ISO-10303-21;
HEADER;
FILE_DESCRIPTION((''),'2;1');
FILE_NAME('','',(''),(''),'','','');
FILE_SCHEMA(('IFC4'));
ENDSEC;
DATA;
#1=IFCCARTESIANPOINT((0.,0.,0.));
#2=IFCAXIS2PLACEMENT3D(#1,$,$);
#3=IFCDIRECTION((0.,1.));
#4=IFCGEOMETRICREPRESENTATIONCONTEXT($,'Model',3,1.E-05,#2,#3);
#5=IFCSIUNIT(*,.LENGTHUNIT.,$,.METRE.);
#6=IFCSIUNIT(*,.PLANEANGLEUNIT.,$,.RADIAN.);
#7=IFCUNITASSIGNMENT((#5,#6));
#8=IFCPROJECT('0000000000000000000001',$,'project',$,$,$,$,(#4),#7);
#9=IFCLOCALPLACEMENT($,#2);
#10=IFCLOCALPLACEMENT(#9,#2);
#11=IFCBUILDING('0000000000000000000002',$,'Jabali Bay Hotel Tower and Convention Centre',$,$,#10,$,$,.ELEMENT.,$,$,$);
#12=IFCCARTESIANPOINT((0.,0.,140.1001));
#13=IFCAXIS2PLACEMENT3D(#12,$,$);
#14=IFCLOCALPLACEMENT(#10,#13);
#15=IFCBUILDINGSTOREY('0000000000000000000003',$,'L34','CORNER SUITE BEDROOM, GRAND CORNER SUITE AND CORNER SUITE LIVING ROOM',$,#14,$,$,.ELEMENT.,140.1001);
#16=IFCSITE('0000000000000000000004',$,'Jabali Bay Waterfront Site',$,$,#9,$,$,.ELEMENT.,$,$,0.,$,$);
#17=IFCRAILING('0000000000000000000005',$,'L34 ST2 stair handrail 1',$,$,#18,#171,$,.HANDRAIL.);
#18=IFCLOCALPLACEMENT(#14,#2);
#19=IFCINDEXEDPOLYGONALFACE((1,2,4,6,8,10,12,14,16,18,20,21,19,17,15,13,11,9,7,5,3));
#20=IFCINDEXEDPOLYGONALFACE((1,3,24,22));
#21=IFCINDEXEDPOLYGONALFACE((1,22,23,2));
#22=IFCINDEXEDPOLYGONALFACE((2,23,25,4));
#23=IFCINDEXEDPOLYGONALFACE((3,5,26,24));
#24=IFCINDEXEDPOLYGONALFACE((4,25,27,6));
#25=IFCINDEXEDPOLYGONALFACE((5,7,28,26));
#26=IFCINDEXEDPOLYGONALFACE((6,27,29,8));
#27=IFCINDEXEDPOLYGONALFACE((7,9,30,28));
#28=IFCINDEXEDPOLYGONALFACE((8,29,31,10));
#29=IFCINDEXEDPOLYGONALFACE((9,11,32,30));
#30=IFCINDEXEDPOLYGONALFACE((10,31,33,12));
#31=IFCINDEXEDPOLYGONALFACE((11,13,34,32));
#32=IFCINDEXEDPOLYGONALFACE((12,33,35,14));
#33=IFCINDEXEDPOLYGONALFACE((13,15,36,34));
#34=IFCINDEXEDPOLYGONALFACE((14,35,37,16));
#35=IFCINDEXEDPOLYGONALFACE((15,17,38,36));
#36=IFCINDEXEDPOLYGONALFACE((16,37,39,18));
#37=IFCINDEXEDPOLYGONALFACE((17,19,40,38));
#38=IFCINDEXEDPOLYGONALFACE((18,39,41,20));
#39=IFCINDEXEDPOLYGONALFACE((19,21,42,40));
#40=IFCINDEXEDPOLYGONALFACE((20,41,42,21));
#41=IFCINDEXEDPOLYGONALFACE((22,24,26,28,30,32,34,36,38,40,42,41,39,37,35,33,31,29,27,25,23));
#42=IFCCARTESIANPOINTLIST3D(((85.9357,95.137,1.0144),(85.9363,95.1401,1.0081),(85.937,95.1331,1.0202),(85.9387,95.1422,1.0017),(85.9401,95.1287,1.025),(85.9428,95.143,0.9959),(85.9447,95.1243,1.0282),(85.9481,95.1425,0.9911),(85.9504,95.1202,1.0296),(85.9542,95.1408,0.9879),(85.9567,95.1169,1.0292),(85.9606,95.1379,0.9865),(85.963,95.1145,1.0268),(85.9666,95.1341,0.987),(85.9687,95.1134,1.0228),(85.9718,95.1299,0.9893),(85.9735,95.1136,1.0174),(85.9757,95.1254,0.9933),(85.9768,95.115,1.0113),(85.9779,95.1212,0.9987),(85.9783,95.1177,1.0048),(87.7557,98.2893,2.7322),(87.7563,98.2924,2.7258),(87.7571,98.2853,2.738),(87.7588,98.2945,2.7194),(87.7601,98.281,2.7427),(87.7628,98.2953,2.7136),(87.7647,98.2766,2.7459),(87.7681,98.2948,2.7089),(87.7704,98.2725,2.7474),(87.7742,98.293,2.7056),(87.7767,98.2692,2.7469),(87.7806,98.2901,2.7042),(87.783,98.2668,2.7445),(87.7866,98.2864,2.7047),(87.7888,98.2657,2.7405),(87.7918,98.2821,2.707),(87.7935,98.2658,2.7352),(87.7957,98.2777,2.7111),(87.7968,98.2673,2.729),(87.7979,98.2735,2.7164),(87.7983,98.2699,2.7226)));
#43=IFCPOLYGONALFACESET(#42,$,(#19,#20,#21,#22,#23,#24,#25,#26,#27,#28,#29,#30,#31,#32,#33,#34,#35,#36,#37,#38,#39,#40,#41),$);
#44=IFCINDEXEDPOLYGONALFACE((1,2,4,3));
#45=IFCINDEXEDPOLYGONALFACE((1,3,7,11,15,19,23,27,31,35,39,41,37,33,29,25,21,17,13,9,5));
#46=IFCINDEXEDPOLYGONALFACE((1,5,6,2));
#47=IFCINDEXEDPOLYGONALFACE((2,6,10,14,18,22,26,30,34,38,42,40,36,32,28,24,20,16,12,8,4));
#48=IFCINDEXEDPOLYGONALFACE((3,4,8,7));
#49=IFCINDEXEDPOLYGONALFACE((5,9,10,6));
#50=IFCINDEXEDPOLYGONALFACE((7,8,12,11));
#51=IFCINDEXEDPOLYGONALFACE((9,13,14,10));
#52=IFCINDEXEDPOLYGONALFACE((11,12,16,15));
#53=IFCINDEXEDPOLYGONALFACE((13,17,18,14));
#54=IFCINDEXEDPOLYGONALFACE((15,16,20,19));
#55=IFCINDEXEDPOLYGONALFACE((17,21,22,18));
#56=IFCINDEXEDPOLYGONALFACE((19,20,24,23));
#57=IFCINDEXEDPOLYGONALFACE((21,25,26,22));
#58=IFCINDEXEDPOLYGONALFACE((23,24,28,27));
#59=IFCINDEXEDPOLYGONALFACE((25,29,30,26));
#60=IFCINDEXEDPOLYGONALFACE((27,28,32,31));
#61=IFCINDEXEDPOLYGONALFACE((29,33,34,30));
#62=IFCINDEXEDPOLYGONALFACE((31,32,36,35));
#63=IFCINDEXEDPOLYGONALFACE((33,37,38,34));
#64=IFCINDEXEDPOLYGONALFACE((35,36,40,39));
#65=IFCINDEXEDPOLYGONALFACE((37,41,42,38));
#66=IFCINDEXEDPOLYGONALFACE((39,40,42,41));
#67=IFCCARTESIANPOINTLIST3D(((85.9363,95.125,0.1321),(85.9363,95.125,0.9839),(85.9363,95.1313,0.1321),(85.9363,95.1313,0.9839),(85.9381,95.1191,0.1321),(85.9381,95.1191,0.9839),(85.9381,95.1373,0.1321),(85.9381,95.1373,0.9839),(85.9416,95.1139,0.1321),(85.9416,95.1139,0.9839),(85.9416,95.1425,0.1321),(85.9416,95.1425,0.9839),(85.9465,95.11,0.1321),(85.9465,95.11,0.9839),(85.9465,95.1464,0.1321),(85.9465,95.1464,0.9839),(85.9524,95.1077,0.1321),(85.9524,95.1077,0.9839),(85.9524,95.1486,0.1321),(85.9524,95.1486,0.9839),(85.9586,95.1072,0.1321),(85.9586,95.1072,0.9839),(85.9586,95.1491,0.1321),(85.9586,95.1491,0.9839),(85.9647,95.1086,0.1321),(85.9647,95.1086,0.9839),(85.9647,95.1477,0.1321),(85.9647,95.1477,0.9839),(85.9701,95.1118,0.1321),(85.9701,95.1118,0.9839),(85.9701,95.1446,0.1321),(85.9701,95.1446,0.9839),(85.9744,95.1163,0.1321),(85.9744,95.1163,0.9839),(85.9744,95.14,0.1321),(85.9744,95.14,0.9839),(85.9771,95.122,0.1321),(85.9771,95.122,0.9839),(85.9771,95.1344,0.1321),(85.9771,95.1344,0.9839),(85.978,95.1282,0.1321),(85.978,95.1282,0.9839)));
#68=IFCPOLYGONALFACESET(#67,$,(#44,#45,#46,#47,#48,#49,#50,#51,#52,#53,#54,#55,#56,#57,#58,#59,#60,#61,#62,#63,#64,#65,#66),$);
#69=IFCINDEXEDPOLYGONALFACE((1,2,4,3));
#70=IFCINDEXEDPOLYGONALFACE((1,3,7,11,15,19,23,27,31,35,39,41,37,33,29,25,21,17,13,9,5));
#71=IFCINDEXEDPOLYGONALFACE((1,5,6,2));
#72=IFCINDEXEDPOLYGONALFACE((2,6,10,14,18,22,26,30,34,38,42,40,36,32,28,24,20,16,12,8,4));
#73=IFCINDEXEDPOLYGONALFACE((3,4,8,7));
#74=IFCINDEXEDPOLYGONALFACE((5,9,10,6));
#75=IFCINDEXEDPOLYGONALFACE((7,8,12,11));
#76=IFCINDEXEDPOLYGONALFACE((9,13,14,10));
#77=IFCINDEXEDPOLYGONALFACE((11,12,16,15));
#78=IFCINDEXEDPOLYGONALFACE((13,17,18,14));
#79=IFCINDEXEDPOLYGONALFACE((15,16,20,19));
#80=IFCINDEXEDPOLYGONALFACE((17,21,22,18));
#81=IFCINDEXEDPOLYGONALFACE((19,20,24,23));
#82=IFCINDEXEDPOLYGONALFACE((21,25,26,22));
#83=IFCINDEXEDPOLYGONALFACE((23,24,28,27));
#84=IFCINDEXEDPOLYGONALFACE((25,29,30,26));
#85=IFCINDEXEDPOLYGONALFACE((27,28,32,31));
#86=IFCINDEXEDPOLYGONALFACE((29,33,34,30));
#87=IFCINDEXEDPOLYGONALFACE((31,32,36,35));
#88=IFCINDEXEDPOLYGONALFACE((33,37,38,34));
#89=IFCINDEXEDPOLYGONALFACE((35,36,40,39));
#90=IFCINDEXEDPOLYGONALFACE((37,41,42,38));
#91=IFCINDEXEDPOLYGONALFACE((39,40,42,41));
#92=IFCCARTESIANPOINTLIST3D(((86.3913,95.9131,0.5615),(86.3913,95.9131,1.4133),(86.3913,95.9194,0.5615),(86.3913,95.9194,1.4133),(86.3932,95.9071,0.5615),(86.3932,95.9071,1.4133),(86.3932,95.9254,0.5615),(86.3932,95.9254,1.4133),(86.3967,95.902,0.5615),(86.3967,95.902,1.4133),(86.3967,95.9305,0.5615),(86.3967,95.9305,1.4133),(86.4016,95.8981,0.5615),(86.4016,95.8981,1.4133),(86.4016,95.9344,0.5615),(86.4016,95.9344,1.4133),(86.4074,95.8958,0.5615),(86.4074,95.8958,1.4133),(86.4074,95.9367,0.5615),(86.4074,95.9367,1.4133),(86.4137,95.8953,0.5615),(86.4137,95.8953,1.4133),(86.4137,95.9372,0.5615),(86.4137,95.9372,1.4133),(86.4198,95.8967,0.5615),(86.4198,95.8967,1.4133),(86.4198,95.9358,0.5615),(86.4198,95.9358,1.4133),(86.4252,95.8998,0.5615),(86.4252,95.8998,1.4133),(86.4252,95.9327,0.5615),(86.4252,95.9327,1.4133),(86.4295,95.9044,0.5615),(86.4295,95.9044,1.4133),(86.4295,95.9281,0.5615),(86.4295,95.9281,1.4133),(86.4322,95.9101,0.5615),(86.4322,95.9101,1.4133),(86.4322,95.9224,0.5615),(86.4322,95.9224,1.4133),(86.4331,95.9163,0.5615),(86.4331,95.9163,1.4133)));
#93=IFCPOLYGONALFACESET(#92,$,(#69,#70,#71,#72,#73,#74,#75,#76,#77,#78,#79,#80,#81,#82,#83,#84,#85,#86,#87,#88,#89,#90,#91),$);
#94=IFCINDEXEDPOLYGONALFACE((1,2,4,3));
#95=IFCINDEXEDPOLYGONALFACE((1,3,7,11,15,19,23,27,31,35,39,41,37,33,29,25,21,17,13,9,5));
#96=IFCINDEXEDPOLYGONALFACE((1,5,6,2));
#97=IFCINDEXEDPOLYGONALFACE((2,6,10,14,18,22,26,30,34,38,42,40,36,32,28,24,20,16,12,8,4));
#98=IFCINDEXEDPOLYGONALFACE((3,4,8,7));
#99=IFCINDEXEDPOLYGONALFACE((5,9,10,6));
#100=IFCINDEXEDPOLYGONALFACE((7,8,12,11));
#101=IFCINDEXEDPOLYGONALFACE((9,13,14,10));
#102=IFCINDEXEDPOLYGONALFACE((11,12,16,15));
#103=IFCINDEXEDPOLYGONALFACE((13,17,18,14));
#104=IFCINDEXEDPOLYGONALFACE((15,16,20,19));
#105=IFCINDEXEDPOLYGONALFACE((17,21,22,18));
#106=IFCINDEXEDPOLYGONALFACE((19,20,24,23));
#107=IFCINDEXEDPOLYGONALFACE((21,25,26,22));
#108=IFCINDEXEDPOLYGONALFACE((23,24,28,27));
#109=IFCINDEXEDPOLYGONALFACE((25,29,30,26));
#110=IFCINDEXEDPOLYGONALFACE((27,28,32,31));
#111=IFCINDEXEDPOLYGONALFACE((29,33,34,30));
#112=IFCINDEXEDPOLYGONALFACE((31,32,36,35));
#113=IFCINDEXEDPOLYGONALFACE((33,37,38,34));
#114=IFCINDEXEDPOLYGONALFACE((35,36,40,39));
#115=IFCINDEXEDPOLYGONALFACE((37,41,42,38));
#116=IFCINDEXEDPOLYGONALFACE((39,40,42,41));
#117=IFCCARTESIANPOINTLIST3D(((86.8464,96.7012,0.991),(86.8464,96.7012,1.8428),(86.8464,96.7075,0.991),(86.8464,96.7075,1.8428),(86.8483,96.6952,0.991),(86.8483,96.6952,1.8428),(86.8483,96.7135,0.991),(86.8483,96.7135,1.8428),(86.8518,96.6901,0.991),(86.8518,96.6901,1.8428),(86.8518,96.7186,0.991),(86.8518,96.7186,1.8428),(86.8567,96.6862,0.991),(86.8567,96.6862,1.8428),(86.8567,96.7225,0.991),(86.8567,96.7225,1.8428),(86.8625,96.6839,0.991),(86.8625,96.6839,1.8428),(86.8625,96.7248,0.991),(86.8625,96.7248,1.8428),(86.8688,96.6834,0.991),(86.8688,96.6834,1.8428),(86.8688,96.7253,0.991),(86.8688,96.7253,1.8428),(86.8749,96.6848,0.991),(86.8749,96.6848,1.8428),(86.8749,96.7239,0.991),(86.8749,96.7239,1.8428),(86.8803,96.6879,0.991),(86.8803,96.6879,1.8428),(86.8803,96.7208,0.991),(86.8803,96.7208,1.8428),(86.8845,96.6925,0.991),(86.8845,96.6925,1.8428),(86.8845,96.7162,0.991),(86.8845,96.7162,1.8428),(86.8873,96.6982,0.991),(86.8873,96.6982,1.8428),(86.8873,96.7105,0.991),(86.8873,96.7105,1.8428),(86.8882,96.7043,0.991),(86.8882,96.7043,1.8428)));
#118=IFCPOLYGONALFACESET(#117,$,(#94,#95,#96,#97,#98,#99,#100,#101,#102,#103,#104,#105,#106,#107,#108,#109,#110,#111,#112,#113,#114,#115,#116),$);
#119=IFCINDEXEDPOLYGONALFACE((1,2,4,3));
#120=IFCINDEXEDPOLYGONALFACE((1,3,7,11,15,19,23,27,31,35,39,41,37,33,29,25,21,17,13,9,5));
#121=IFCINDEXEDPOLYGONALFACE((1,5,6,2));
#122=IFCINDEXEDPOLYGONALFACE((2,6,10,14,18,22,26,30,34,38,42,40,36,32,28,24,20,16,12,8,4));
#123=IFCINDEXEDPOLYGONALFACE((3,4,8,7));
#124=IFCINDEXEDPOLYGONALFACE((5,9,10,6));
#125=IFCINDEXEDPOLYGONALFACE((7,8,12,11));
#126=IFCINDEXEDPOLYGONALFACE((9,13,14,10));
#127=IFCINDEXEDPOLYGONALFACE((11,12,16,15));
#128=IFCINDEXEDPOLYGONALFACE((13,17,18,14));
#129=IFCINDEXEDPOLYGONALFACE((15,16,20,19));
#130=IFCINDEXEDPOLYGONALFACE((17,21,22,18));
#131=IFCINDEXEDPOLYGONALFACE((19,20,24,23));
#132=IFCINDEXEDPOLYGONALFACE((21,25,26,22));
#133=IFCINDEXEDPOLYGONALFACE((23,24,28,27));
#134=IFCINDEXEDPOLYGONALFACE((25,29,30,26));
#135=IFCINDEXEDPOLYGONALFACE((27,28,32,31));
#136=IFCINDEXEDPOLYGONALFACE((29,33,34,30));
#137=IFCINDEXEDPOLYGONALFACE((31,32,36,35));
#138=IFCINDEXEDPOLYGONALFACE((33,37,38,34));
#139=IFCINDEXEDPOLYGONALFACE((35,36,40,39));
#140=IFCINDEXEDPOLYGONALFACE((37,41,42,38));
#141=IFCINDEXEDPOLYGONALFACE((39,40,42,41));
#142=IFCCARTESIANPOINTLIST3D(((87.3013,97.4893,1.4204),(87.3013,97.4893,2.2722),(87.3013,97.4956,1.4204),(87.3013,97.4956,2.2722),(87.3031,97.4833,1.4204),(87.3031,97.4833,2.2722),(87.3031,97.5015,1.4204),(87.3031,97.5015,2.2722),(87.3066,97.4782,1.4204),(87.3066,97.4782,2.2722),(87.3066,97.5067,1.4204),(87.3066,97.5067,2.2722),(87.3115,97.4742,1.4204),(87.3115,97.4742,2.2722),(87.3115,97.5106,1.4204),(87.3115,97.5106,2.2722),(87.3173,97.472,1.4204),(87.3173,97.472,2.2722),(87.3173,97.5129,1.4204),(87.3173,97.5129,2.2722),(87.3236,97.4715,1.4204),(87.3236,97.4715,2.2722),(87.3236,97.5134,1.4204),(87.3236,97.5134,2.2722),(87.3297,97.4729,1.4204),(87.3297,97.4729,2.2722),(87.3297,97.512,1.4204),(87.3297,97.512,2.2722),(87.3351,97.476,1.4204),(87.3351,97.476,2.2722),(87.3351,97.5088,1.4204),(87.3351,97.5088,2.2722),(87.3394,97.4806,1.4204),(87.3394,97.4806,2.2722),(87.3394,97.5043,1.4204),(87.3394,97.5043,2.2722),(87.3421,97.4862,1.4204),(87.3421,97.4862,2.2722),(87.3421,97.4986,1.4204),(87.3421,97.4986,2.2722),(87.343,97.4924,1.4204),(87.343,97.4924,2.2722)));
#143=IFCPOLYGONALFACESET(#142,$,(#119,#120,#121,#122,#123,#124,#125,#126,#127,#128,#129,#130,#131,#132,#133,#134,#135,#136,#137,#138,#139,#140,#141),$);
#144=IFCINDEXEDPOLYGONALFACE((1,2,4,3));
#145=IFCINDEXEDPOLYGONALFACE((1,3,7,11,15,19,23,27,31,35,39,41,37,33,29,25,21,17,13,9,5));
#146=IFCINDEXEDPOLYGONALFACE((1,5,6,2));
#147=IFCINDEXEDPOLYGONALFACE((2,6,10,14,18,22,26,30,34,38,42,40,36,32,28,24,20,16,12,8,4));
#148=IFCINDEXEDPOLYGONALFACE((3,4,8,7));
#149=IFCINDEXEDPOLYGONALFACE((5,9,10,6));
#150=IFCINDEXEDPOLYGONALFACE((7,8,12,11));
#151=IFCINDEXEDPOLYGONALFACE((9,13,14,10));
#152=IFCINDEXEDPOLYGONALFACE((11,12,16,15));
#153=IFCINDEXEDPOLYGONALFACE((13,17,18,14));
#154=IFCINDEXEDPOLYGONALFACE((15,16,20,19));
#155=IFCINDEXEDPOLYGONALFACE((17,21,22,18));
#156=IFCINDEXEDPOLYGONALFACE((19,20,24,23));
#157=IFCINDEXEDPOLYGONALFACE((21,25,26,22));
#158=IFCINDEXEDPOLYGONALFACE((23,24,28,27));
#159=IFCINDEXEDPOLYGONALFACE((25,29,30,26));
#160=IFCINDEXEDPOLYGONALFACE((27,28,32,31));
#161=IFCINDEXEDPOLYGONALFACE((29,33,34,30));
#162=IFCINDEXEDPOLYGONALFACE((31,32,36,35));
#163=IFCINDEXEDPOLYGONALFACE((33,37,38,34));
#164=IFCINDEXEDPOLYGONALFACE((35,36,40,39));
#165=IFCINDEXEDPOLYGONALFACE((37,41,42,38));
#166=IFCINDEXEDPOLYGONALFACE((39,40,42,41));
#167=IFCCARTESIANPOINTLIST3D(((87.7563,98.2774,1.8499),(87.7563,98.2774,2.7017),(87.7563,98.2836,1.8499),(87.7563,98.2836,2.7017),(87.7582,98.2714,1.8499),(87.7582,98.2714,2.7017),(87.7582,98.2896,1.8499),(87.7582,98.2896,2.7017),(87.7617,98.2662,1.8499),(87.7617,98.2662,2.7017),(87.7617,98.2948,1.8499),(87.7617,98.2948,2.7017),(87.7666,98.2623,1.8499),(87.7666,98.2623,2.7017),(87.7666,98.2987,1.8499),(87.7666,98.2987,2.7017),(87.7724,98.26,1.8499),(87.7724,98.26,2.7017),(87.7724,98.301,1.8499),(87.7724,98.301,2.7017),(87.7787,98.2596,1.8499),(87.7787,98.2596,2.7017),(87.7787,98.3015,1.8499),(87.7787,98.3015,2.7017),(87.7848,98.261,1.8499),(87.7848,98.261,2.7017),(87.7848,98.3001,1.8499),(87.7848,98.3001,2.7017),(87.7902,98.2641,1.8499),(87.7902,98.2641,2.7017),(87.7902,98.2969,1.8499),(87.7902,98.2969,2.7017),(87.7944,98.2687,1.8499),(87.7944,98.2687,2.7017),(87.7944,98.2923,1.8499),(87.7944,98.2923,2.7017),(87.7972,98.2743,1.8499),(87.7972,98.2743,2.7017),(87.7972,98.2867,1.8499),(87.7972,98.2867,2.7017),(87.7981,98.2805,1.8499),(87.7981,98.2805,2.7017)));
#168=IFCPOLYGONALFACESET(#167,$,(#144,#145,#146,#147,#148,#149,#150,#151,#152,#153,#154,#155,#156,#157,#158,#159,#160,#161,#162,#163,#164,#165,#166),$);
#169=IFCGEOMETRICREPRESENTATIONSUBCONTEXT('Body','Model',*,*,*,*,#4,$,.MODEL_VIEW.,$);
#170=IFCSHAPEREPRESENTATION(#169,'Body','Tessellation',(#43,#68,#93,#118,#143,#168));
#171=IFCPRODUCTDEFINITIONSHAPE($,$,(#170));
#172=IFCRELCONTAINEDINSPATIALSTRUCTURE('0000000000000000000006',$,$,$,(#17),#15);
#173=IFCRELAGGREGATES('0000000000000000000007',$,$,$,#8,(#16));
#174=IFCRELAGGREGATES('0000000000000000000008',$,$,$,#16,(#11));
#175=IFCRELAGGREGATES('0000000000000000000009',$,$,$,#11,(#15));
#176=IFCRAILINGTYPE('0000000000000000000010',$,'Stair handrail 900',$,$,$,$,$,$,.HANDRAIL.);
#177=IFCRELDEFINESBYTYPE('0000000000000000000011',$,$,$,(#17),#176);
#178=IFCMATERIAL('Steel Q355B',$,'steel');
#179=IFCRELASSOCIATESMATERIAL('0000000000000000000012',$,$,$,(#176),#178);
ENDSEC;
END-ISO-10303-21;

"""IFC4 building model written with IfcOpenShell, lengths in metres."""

from ifc_helpers import new_model, si_unit, direction, frame, origin, origin_2d, place, context, subcontext, project, spatial, circle, extrude, material, type_object, element, save


model = new_model("IFC4")

# Units and contexts
model_context = context("Model", 3, precision=1e-05, world=origin(), true_north=direction((0.0, 1.0)))
body_context = subcontext(model_context, "Body", "Model", "MODEL_VIEW")
ifc_project = project(units=[si_unit("LENGTHUNIT", "METRE"), si_unit("PLANEANGLEUNIT", "RADIAN")], contexts=[model_context])

# Site, building, storey
site_placement = place(None, origin())
site = spatial("IfcSite", under=ifc_project, at=site_placement, Name="Jabali Bay Waterfront Site", CompositionType="ELEMENT", RefElevation=0.0)
building_placement = place(site_placement, origin())
building = spatial("IfcBuilding", under=site, at=building_placement, Name="Jabali Bay Hotel Tower and Convention Centre", CompositionType="ELEMENT")
storey_placement = place(building_placement, frame((0.0, 0.0, 140.1001)))
storey = spatial("IfcBuildingStorey", under=building, at=storey_placement, Name="L34", Description="CORNER SUITE BEDROOM, GRAND CORNER SUITE AND CORNER SUITE LIVING ROOM", CompositionType="ELEMENT", Elevation=140.1001)

# Railing
ifc_material_1 = material(Name="Steel Q355B", Category="steel")
railing_type_1 = type_object("IfcRailingType", Name="Stair handrail 900", PredefinedType="HANDRAIL", material=ifc_material_1)
railing_1_placement = place(storey_placement, frame((85.957, 95.1282, 0.1321)))
element("IfcRailing", 1, at=railing_1_placement, inside=storey, type_object=railing_type_1, Name="L34 ST2 stair handrail 1", PredefinedType="HANDRAIL", context=body_context, shape_type="SweptSolid", body=[
    extrude(circle(Radius=0.0239, at=origin_2d()), frame((0.0, 0.0, 0.876), z_axis=(0.45219, 0.78319, 0.426775), x_axis=(-0.866018, 0.500013, 0.0)), (0.0, 0.0, 1.0), 4.0249),
    extrude(circle(Radius=0.021, at=origin_2d()), origin(), (0.0, 0.0, 1.0), 0.8518),
    extrude(circle(Radius=0.021, at=origin_2d()), frame((0.4551, 0.7881, 0.4294)), (0.0, 0.0, 1.0), 0.8518),
    extrude(circle(Radius=0.021, at=origin_2d()), frame((0.9102, 1.5762, 0.8589)), (0.0, 0.0, 1.0), 0.8518),
    extrude(circle(Radius=0.021, at=origin_2d()), frame((1.365, 2.3643, 1.2883)), (0.0, 0.0, 1.0), 0.8518),
    extrude(circle(Radius=0.021, at=origin_2d()), frame((1.8201, 3.1523, 1.7178)), (0.0, 0.0, 1.0), 0.8518),
])

save(model, "model.ifc")
